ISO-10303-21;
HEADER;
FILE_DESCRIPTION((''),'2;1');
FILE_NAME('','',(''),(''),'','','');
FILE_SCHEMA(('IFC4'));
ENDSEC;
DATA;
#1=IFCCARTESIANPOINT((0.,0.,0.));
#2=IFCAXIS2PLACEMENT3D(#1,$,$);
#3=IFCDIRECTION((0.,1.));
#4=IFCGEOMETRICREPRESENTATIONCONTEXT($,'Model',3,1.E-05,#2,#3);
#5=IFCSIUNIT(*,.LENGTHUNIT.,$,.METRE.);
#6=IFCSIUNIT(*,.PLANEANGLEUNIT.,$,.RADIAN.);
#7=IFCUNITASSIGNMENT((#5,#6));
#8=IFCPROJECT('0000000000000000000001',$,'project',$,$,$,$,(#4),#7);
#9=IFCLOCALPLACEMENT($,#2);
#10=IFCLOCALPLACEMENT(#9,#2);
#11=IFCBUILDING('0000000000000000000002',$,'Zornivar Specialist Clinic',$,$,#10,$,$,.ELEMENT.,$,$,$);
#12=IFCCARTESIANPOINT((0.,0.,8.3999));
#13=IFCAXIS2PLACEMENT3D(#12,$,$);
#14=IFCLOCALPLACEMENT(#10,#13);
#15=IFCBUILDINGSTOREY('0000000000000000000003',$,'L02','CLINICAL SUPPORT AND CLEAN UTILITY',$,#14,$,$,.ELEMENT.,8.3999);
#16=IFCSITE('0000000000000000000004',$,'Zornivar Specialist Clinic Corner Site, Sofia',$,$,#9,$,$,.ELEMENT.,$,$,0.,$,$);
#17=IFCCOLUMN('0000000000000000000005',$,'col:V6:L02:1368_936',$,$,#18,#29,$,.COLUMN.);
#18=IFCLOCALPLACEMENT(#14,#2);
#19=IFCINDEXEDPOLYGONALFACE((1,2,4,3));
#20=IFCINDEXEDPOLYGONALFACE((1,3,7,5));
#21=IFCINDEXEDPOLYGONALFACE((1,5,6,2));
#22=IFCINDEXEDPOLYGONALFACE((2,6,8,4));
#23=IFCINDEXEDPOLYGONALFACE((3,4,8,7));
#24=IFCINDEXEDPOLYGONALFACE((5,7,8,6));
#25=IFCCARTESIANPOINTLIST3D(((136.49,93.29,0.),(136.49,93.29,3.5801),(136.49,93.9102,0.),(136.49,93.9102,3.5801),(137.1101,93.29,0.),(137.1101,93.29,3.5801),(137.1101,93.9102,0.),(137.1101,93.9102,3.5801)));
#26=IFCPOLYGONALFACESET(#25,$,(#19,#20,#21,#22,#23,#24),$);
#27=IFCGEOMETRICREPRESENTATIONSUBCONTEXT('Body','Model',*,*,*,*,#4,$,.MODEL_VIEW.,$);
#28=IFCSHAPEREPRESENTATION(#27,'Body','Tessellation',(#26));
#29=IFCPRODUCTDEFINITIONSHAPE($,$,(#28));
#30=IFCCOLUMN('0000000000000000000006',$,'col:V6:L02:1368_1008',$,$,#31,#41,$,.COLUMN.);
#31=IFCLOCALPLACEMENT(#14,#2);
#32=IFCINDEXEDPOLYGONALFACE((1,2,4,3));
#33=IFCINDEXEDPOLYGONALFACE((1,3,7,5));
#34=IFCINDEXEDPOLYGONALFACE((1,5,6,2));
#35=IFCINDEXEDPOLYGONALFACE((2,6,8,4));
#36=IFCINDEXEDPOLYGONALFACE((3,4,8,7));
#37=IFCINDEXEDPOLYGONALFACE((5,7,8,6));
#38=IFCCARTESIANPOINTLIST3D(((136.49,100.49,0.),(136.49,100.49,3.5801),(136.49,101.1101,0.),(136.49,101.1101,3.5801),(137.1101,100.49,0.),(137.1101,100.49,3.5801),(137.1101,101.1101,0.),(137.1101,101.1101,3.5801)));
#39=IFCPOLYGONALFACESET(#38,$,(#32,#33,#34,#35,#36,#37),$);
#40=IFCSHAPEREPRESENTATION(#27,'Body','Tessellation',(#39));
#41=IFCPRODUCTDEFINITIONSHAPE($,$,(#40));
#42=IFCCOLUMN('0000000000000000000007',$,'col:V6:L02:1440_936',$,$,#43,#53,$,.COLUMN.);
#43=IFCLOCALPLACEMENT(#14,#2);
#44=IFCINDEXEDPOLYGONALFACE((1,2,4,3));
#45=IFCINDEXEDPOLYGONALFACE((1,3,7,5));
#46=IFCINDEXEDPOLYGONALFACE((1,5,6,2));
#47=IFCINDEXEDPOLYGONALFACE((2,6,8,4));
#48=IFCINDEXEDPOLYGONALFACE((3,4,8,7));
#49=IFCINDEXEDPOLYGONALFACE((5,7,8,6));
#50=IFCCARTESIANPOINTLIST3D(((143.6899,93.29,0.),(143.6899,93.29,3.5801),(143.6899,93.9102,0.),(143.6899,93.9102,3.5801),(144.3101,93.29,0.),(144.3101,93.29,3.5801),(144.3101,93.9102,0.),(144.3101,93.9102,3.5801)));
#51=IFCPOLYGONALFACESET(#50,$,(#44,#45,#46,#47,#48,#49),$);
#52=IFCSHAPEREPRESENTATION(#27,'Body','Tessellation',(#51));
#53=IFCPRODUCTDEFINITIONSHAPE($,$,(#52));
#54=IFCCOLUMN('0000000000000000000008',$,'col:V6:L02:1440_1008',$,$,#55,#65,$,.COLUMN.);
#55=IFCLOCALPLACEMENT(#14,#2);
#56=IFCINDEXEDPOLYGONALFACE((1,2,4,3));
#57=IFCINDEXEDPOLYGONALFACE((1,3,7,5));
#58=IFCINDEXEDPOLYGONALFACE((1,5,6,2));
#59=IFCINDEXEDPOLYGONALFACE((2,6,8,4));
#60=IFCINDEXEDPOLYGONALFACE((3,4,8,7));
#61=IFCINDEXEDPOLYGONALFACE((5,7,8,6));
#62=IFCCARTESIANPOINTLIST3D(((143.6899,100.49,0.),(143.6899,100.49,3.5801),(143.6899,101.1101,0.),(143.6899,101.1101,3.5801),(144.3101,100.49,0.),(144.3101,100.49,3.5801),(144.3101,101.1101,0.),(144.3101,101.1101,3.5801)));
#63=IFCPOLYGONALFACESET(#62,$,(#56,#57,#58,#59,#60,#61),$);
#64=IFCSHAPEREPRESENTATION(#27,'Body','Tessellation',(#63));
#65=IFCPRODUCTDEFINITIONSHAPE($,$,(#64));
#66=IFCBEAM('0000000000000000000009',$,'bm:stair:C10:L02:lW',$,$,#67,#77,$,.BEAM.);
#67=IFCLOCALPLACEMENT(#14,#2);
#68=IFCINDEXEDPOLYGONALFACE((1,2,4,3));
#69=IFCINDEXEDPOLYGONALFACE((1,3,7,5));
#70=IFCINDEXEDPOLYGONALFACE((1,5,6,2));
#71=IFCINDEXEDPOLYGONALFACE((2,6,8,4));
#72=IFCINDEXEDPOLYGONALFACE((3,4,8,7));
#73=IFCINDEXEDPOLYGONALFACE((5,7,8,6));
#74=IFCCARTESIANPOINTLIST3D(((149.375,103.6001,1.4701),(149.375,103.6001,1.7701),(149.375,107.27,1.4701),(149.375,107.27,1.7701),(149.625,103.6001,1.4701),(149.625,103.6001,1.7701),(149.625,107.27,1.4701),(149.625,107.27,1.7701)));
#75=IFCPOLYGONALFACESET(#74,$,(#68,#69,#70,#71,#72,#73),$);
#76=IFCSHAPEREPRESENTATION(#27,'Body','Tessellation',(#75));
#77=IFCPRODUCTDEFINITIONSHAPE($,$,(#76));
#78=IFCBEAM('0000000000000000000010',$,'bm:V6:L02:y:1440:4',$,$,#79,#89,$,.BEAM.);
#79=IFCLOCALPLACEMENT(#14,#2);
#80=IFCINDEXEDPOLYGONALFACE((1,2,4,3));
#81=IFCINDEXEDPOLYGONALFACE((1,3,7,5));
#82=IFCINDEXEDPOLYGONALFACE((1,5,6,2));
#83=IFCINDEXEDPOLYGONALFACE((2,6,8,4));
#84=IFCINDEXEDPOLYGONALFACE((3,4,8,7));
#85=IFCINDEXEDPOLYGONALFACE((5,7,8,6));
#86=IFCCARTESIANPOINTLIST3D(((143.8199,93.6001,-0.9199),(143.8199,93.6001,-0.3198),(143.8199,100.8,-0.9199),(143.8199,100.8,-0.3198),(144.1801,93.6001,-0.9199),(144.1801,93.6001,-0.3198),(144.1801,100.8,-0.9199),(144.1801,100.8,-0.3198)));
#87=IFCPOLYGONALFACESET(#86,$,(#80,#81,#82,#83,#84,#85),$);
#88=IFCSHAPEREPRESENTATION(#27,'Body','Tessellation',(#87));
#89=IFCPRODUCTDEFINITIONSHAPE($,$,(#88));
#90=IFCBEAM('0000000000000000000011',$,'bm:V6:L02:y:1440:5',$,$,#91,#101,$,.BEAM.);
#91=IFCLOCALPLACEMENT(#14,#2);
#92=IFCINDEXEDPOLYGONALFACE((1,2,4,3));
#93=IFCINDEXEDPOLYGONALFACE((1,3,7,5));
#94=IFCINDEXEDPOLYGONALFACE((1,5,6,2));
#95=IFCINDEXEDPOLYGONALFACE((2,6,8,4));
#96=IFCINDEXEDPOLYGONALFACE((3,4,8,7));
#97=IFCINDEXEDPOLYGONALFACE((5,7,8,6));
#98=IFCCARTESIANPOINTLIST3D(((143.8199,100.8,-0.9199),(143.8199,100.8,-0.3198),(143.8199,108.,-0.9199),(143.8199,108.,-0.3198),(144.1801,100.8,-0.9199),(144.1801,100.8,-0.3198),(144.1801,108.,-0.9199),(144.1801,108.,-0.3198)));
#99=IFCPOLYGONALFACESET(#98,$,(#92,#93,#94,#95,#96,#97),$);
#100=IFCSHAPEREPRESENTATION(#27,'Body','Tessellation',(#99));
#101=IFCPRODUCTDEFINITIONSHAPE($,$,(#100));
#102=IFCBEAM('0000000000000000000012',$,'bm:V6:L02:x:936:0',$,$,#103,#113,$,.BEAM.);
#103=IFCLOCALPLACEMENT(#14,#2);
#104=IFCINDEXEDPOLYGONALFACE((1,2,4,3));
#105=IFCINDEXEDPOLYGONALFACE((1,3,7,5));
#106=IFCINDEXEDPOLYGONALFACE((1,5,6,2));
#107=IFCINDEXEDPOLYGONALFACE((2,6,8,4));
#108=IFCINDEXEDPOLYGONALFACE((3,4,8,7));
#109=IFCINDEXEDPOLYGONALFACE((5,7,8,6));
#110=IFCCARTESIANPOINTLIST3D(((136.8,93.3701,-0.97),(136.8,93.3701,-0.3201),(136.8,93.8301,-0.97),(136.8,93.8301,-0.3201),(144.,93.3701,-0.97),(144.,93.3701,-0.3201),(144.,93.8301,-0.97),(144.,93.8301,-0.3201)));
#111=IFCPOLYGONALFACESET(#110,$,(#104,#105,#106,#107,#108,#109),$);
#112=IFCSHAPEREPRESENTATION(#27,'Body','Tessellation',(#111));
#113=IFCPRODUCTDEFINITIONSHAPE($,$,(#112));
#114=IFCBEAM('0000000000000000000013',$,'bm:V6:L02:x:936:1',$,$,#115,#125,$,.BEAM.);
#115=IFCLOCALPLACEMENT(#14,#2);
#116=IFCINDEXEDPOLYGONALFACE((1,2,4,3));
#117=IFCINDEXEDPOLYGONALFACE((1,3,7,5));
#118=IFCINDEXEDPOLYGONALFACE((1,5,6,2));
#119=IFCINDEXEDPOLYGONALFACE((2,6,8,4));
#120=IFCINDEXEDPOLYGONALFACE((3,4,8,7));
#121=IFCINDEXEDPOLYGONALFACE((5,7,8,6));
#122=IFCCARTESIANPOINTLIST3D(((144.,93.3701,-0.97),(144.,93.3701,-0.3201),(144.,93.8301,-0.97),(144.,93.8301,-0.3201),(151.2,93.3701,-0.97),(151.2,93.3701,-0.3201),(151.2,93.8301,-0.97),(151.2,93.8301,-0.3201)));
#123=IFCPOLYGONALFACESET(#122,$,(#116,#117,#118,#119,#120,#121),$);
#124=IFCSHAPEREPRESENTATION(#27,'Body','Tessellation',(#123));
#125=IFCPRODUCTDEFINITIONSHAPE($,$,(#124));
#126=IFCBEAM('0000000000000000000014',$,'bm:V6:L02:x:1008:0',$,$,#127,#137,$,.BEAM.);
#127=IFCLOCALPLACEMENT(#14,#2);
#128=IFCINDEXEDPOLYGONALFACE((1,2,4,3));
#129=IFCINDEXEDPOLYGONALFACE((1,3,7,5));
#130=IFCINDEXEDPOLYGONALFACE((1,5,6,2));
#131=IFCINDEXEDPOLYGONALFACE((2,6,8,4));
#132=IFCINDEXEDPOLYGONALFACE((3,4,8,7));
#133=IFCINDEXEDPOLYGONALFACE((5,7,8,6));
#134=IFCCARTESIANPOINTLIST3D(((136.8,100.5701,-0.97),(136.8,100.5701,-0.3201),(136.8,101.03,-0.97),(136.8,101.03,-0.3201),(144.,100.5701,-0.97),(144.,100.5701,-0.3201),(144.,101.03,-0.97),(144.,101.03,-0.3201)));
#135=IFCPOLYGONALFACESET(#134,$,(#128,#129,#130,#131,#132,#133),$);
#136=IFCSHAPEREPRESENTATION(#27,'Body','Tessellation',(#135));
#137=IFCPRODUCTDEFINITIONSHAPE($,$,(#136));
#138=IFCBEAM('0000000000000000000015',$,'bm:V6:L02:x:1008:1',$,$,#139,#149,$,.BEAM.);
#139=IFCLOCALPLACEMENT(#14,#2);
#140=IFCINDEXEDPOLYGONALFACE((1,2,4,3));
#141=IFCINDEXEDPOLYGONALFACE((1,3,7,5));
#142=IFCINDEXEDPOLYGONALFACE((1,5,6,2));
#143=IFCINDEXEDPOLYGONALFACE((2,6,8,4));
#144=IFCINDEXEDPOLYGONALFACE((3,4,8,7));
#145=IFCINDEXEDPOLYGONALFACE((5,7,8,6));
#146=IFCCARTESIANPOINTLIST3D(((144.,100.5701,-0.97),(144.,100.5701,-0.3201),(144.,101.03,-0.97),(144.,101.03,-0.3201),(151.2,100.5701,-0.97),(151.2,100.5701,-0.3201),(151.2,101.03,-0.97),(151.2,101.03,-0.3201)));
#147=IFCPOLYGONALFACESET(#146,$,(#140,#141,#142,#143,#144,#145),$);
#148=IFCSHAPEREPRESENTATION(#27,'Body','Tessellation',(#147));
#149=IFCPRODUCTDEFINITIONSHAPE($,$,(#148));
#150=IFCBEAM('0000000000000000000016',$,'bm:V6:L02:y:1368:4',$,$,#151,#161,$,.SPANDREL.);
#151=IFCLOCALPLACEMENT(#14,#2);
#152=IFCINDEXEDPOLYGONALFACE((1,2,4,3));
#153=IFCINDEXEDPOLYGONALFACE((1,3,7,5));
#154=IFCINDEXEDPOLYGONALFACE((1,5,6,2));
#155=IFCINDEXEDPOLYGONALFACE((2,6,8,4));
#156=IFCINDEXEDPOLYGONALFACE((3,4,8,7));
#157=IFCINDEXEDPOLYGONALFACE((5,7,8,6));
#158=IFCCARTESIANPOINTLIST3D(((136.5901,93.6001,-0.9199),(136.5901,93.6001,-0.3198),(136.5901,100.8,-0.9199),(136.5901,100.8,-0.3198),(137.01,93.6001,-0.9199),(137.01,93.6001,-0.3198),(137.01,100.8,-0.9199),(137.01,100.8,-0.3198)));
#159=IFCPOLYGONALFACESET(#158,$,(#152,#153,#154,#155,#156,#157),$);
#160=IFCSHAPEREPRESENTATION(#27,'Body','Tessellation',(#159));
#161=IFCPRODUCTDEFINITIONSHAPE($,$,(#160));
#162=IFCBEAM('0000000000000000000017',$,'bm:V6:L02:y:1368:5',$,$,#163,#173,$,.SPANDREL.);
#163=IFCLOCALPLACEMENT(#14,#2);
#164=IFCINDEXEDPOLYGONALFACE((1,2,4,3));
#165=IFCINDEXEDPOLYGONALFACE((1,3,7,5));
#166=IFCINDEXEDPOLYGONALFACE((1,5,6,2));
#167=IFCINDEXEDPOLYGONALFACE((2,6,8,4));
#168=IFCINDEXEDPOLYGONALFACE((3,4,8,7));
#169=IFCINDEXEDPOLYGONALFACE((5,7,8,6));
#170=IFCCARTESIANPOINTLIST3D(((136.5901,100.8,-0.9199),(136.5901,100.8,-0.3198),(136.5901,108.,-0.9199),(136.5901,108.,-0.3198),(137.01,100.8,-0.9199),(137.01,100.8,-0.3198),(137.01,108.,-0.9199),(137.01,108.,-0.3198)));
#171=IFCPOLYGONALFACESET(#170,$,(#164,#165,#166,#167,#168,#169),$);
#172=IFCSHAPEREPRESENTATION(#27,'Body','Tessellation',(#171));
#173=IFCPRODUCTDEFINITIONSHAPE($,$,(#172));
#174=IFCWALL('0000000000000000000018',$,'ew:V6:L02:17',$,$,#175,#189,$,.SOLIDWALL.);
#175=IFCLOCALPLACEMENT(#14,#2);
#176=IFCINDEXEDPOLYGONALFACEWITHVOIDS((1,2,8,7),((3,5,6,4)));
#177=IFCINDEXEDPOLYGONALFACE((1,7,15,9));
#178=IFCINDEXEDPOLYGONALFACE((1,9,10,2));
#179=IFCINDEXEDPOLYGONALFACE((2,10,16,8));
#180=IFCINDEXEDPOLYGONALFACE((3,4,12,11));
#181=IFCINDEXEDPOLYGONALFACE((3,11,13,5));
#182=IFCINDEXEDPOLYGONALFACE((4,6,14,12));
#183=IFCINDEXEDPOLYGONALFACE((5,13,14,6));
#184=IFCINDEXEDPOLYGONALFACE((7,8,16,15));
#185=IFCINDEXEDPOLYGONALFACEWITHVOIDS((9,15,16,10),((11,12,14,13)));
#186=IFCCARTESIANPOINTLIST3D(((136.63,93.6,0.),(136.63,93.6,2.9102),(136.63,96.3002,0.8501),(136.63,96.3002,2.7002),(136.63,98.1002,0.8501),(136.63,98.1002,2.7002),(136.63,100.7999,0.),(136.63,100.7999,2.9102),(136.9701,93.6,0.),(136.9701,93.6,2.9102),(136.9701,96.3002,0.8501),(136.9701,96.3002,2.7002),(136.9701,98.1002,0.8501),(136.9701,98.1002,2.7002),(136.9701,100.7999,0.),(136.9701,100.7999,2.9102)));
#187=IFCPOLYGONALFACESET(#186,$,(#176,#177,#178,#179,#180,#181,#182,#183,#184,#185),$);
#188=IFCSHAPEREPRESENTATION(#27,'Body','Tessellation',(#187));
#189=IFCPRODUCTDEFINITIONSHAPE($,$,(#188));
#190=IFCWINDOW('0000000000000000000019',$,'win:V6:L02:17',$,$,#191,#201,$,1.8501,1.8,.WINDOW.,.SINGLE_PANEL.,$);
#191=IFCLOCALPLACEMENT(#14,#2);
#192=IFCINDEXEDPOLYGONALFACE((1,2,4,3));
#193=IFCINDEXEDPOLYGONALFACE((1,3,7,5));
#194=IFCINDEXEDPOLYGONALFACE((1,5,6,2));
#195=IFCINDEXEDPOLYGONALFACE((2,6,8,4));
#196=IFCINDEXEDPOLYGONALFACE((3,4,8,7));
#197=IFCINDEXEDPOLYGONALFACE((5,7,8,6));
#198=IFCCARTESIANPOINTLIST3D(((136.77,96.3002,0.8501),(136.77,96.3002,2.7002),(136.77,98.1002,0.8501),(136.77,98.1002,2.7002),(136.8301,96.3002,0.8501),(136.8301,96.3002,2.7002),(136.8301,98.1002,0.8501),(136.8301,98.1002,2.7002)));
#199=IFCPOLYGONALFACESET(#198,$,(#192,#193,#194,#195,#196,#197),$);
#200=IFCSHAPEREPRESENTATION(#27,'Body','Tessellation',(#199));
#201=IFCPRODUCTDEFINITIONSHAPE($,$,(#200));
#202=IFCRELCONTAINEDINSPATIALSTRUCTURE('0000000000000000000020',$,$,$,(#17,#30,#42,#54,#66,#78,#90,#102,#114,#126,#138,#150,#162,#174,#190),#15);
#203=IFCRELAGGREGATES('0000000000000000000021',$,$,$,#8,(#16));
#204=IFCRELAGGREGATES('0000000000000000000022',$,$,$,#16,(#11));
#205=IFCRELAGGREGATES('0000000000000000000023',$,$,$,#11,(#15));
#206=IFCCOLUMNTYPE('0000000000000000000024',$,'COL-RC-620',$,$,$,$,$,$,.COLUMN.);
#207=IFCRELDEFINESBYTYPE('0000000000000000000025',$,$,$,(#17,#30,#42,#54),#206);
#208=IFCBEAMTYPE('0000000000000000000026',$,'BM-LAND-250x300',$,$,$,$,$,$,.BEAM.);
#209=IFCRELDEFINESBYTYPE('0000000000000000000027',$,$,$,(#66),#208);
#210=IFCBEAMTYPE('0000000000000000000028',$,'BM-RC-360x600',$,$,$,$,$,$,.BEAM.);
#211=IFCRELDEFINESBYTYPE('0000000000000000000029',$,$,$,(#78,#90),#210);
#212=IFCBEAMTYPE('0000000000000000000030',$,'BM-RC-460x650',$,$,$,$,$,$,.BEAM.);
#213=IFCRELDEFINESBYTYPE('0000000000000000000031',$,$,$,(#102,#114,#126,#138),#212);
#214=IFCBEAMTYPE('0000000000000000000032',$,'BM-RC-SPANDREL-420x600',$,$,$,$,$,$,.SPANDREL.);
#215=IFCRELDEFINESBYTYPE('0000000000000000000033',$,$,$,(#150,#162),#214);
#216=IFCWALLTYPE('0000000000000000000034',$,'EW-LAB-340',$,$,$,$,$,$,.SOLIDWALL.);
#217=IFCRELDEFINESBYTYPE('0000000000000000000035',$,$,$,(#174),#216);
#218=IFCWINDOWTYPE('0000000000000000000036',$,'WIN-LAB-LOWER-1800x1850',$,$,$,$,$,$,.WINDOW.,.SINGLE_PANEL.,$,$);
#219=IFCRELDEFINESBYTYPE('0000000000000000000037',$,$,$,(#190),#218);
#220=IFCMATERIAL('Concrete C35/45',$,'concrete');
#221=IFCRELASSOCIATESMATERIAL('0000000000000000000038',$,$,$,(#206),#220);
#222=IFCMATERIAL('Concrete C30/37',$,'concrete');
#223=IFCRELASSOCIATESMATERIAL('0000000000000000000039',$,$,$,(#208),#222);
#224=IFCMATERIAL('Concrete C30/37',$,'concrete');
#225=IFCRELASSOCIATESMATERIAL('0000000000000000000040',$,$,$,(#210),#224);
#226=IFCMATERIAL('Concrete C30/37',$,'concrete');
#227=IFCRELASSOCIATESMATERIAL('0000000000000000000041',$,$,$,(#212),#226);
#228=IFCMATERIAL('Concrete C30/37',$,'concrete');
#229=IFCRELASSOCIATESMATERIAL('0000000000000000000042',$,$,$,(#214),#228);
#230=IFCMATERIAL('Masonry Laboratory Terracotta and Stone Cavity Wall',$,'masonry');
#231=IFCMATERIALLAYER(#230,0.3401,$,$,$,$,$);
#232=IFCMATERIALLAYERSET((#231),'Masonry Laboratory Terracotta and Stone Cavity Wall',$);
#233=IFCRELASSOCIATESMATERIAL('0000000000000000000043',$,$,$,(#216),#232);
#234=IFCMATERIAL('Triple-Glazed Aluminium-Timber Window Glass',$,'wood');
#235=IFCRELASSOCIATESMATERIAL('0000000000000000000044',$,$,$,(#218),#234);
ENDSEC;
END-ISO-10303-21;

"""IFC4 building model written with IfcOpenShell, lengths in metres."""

from ifc_helpers import new_model, si_unit, direction, frame, frame_2d, origin, origin_2d, place, context, subcontext, project, spatial, rectangle, extrude, material, layer, layer_set, material_profile, profile_set, type_object, element, fill, save


model = new_model("IFC4")

# Units and contexts
model_context = context("Model", 3, precision=1e-05, world=origin(), true_north=direction((0.0, 1.0)))
body_context = subcontext(model_context, "Body", "Model", "MODEL_VIEW")
ifc_project = project(units=[si_unit("LENGTHUNIT", "METRE"), si_unit("PLANEANGLEUNIT", "RADIAN")], contexts=[model_context])

# Site, building, storey
site_placement = place(None, origin())
site = spatial("IfcSite", under=ifc_project, at=site_placement, Name="Zornivar Specialist Clinic Corner Site, Sofia", CompositionType="ELEMENT", RefElevation=0.0)
building_placement = place(site_placement, origin())
building = spatial("IfcBuilding", under=site, at=building_placement, Name="Zornivar Specialist Clinic", CompositionType="ELEMENT")
storey_placement = place(building_placement, frame((0.0, 0.0, 8.3999)))
storey = spatial("IfcBuildingStorey", under=building, at=storey_placement, Name="L02", Description="CLINICAL SUPPORT AND CLEAN UTILITY", CompositionType="ELEMENT", Elevation=8.3999)

# Columns
ifc_material_1 = material(Name="Concrete C35/45", Category="concrete")
ifc_material_profile_1 = material_profile(ifc_material_1, rectangle(XDim=0.6201, YDim=0.6201, at=origin_2d()), Name="RC 620x620")
ifc_profile_set_1 = profile_set([ifc_material_profile_1], Name="Concrete C35/45")
column_type = type_object("IfcColumnType", Name="COL-RC-620", PredefinedType="COLUMN", material=ifc_profile_set_1)
for number, where, z_axis, x_axis, name in (
    (1, (136.8, 93.6001, 0.0), (0.0, 0.0, 1.0), (1.0, 0.0, 0.0), "col:V6:L02:1368_936"),
    (2, (136.8, 100.8, 0.0), (0.0, 0.0, 1.0), (1.0, 0.0, 0.0), "col:V6:L02:1368_1008"),
    (3, (144.0, 93.6001, 0.0), (0.0, 0.0, 1.0), (1.0, 0.0, 0.0), "col:V6:L02:1440_936"),
    (4, (144.0, 100.8, 0.0), (0.0, 0.0, 1.0), (1.0, 0.0, 0.0), "col:V6:L02:1440_1008"),
):
    element("IfcColumn", number, at=place(storey_placement, frame(where, z_axis=z_axis, x_axis=x_axis)), inside=storey, type_object=column_type, Name=name, PredefinedType="COLUMN", context=body_context, shape_type="SweptSolid", body=[
        extrude(rectangle(XDim=0.6201, YDim=0.6201, at=origin_2d()), origin(), (0.0, 0.0, 1.0), 3.5801),
    ])

# Beams
ifc_material_2 = material(Name="Concrete C30/37", Category="concrete")
ifc_material_profile_2 = material_profile(ifc_material_2, rectangle(XDim=0.25, YDim=0.3, at=origin_2d()), Name="RC 250x300")
ifc_profile_set_2 = profile_set([ifc_material_profile_2], Name="Concrete C30/37")
beam_type_1 = type_object("IfcBeamType", Name="BM-LAND-250x300", PredefinedType="BEAM", material=ifc_profile_set_2)
beam_placement = place(storey_placement, frame((149.5, 103.6001, 1.6201), z_axis=(0.0, 1.0, 0.0), x_axis=(-1.0, 0.0, 0.0)))
element("IfcBeam", 5, at=beam_placement, inside=storey, type_object=beam_type_1, Name="bm:stair:C10:L02:lW", PredefinedType="BEAM", context=body_context, shape_type="SweptSolid", body=[
    extrude(rectangle(XDim=0.25, YDim=0.3, at=origin_2d()), origin(), (0.0, 0.0, 1.0), 3.6699),
])
ifc_material_3 = material(Name="Concrete C30/37", Category="concrete")
ifc_material_profile_3 = material_profile(ifc_material_3, rectangle(XDim=0.3601, YDim=0.6001, at=origin_2d()), Name="RC 360x600")
ifc_profile_set_3 = profile_set([ifc_material_profile_3], Name="Concrete C30/37")
beam_type_2 = type_object("IfcBeamType", Name="BM-RC-360x600", PredefinedType="BEAM", material=ifc_profile_set_3)
for number, where, z_axis, x_axis, name in (
    (6, (144.0, 93.6001, -0.6199), (0.0, 1.0, 0.0), (-1.0, 0.0, 0.0), "bm:V6:L02:y:1440:4"),
    (7, (144.0, 100.8, -0.6199), (0.0, 1.0, 0.0), (-1.0, 0.0, 0.0), "bm:V6:L02:y:1440:5"),
):
    element("IfcBeam", number, at=place(storey_placement, frame(where, z_axis=z_axis, x_axis=x_axis)), inside=storey, type_object=beam_type_2, Name=name, PredefinedType="BEAM", context=body_context, shape_type="SweptSolid", body=[
        extrude(rectangle(XDim=0.3601, YDim=0.6001, at=origin_2d()), origin(), (0.0, 0.0, 1.0), 7.2),
    ])
ifc_material_4 = material(Name="Concrete C30/37", Category="concrete")
ifc_material_profile_4 = material_profile(ifc_material_4, rectangle(XDim=0.46, YDim=0.6499, at=origin_2d()), Name="RC 460x650")
ifc_profile_set_4 = profile_set([ifc_material_profile_4], Name="Concrete C30/37")
beam_type_3 = type_object("IfcBeamType", Name="BM-RC-460x650", PredefinedType="BEAM", material=ifc_profile_set_4)
for number, where, z_axis, x_axis, name in (
    (8, (136.8, 93.6001, -0.645), (1.0, 0.0, 0.0), (0.0, 1.0, 0.0), "bm:V6:L02:x:936:0"),
    (9, (144.0, 93.6001, -0.645), (1.0, 0.0, 0.0), (0.0, 1.0, 0.0), "bm:V6:L02:x:936:1"),
    (10, (136.8, 100.8, -0.645), (1.0, 0.0, 0.0), (0.0, 1.0, 0.0), "bm:V6:L02:x:1008:0"),
    (11, (144.0, 100.8, -0.645), (1.0, 0.0, 0.0), (0.0, 1.0, 0.0), "bm:V6:L02:x:1008:1"),
):
    element("IfcBeam", number, at=place(storey_placement, frame(where, z_axis=z_axis, x_axis=x_axis)), inside=storey, type_object=beam_type_3, Name=name, PredefinedType="BEAM", context=body_context, shape_type="SweptSolid", body=[
        extrude(rectangle(XDim=0.46, YDim=0.6499, at=origin_2d()), origin(), (0.0, 0.0, 1.0), 7.2),
    ])
ifc_material_5 = material(Name="Concrete C30/37", Category="concrete")
ifc_material_profile_5 = material_profile(ifc_material_5, rectangle(XDim=0.4199, YDim=0.6001, at=origin_2d()), Name="RC 420x600")
ifc_profile_set_5 = profile_set([ifc_material_profile_5], Name="Concrete C30/37")
beam_type_4 = type_object("IfcBeamType", Name="BM-RC-SPANDREL-420x600", PredefinedType="SPANDREL", material=ifc_profile_set_5)
for number, where, z_axis, x_axis, name in (
    (12, (136.8, 93.6001, -0.6199), (0.0, 1.0, 0.0), (-1.0, 0.0, 0.0), "bm:V6:L02:y:1368:4"),
    (13, (136.8, 100.8, -0.6199), (0.0, 1.0, 0.0), (-1.0, 0.0, 0.0), "bm:V6:L02:y:1368:5"),
):
    element("IfcBeam", number, at=place(storey_placement, frame(where, z_axis=z_axis, x_axis=x_axis)), inside=storey, type_object=beam_type_4, Name=name, PredefinedType="SPANDREL", context=body_context, shape_type="SweptSolid", body=[
        extrude(rectangle(XDim=0.4199, YDim=0.6001, at=origin_2d()), origin(), (0.0, 0.0, 1.0), 7.2),
    ])

# Wall, opening, window
ifc_material_6 = material(Name="Masonry Laboratory Terracotta and Stone Cavity Wall", Category="masonry")
ifc_layer_1 = layer(ifc_material_6, 0.3401)
ifc_layer_set_1 = layer_set([ifc_layer_1], Name="Masonry Laboratory Terracotta and Stone Cavity Wall")
wall_type_1 = type_object("IfcWallType", Name="EW-LAB-340", PredefinedType="SOLIDWALL", material=ifc_layer_set_1)
wall_1_placement = place(storey_placement, frame((136.8, 100.8, 0.0), z_axis=(0.0, 0.0, 1.0), x_axis=(0.0, -1.0, 0.0)))
wall_1 = element("IfcWall", 14, at=wall_1_placement, inside=storey, type_object=wall_type_1, Name="ew:V6:L02:17", PredefinedType="SOLIDWALL", context=body_context, shape_type="SweptSolid", body=[
    extrude(rectangle(XDim=7.2, YDim=0.3401, at=frame_2d((3.6001, 0.0))), origin(), (0.0, 0.0, 1.0), 2.9102),
])
opening_1_placement = place(wall_1_placement, frame((2.7, 0.0, 0.8501)))
opening_1 = element("IfcOpeningElement", 15, at=opening_1_placement, cuts=wall_1, PredefinedType="OPENING", context=body_context, shape_type="SweptSolid", body=[
    extrude(rectangle(XDim=1.8, YDim=1.8501, at=frame_2d((0.8999, 0.925))), frame((0.0, 0.1799, 0.0), z_axis=(0.0, -1.0, 0.0), x_axis=(1.0, 0.0, 0.0)), (0.0, 0.0, 1.0), 0.3601),
])
ifc_material_7 = material(Name="Triple-Glazed Aluminium-Timber Window Glass", Category="wood")
window_type = type_object("IfcWindowType", Name="WIN-LAB-LOWER-1800x1850", PartitioningType="SINGLE_PANEL", PredefinedType="WINDOW", material=ifc_material_7)
window_1_placement = place(opening_1_placement, origin())
window_1 = element("IfcWindow", 16, at=window_1_placement, inside=storey, type_object=window_type, Name="win:V6:L02:17", OverallHeight=1.8501, OverallWidth=1.8, PartitioningType="SINGLE_PANEL", PredefinedType="WINDOW", context=body_context, shape_type="SweptSolid", body=[
    extrude(rectangle(XDim=1.8, YDim=1.8501, at=frame_2d((0.8999, 0.925))), frame((0.0, 0.03, 0.0), z_axis=(0.0, -1.0, 0.0), x_axis=(1.0, 0.0, 0.0)), (0.0, 0.0, 1.0), 0.0601),
])
fill(opening_1, window_1)

save(model, "model.ifc")
